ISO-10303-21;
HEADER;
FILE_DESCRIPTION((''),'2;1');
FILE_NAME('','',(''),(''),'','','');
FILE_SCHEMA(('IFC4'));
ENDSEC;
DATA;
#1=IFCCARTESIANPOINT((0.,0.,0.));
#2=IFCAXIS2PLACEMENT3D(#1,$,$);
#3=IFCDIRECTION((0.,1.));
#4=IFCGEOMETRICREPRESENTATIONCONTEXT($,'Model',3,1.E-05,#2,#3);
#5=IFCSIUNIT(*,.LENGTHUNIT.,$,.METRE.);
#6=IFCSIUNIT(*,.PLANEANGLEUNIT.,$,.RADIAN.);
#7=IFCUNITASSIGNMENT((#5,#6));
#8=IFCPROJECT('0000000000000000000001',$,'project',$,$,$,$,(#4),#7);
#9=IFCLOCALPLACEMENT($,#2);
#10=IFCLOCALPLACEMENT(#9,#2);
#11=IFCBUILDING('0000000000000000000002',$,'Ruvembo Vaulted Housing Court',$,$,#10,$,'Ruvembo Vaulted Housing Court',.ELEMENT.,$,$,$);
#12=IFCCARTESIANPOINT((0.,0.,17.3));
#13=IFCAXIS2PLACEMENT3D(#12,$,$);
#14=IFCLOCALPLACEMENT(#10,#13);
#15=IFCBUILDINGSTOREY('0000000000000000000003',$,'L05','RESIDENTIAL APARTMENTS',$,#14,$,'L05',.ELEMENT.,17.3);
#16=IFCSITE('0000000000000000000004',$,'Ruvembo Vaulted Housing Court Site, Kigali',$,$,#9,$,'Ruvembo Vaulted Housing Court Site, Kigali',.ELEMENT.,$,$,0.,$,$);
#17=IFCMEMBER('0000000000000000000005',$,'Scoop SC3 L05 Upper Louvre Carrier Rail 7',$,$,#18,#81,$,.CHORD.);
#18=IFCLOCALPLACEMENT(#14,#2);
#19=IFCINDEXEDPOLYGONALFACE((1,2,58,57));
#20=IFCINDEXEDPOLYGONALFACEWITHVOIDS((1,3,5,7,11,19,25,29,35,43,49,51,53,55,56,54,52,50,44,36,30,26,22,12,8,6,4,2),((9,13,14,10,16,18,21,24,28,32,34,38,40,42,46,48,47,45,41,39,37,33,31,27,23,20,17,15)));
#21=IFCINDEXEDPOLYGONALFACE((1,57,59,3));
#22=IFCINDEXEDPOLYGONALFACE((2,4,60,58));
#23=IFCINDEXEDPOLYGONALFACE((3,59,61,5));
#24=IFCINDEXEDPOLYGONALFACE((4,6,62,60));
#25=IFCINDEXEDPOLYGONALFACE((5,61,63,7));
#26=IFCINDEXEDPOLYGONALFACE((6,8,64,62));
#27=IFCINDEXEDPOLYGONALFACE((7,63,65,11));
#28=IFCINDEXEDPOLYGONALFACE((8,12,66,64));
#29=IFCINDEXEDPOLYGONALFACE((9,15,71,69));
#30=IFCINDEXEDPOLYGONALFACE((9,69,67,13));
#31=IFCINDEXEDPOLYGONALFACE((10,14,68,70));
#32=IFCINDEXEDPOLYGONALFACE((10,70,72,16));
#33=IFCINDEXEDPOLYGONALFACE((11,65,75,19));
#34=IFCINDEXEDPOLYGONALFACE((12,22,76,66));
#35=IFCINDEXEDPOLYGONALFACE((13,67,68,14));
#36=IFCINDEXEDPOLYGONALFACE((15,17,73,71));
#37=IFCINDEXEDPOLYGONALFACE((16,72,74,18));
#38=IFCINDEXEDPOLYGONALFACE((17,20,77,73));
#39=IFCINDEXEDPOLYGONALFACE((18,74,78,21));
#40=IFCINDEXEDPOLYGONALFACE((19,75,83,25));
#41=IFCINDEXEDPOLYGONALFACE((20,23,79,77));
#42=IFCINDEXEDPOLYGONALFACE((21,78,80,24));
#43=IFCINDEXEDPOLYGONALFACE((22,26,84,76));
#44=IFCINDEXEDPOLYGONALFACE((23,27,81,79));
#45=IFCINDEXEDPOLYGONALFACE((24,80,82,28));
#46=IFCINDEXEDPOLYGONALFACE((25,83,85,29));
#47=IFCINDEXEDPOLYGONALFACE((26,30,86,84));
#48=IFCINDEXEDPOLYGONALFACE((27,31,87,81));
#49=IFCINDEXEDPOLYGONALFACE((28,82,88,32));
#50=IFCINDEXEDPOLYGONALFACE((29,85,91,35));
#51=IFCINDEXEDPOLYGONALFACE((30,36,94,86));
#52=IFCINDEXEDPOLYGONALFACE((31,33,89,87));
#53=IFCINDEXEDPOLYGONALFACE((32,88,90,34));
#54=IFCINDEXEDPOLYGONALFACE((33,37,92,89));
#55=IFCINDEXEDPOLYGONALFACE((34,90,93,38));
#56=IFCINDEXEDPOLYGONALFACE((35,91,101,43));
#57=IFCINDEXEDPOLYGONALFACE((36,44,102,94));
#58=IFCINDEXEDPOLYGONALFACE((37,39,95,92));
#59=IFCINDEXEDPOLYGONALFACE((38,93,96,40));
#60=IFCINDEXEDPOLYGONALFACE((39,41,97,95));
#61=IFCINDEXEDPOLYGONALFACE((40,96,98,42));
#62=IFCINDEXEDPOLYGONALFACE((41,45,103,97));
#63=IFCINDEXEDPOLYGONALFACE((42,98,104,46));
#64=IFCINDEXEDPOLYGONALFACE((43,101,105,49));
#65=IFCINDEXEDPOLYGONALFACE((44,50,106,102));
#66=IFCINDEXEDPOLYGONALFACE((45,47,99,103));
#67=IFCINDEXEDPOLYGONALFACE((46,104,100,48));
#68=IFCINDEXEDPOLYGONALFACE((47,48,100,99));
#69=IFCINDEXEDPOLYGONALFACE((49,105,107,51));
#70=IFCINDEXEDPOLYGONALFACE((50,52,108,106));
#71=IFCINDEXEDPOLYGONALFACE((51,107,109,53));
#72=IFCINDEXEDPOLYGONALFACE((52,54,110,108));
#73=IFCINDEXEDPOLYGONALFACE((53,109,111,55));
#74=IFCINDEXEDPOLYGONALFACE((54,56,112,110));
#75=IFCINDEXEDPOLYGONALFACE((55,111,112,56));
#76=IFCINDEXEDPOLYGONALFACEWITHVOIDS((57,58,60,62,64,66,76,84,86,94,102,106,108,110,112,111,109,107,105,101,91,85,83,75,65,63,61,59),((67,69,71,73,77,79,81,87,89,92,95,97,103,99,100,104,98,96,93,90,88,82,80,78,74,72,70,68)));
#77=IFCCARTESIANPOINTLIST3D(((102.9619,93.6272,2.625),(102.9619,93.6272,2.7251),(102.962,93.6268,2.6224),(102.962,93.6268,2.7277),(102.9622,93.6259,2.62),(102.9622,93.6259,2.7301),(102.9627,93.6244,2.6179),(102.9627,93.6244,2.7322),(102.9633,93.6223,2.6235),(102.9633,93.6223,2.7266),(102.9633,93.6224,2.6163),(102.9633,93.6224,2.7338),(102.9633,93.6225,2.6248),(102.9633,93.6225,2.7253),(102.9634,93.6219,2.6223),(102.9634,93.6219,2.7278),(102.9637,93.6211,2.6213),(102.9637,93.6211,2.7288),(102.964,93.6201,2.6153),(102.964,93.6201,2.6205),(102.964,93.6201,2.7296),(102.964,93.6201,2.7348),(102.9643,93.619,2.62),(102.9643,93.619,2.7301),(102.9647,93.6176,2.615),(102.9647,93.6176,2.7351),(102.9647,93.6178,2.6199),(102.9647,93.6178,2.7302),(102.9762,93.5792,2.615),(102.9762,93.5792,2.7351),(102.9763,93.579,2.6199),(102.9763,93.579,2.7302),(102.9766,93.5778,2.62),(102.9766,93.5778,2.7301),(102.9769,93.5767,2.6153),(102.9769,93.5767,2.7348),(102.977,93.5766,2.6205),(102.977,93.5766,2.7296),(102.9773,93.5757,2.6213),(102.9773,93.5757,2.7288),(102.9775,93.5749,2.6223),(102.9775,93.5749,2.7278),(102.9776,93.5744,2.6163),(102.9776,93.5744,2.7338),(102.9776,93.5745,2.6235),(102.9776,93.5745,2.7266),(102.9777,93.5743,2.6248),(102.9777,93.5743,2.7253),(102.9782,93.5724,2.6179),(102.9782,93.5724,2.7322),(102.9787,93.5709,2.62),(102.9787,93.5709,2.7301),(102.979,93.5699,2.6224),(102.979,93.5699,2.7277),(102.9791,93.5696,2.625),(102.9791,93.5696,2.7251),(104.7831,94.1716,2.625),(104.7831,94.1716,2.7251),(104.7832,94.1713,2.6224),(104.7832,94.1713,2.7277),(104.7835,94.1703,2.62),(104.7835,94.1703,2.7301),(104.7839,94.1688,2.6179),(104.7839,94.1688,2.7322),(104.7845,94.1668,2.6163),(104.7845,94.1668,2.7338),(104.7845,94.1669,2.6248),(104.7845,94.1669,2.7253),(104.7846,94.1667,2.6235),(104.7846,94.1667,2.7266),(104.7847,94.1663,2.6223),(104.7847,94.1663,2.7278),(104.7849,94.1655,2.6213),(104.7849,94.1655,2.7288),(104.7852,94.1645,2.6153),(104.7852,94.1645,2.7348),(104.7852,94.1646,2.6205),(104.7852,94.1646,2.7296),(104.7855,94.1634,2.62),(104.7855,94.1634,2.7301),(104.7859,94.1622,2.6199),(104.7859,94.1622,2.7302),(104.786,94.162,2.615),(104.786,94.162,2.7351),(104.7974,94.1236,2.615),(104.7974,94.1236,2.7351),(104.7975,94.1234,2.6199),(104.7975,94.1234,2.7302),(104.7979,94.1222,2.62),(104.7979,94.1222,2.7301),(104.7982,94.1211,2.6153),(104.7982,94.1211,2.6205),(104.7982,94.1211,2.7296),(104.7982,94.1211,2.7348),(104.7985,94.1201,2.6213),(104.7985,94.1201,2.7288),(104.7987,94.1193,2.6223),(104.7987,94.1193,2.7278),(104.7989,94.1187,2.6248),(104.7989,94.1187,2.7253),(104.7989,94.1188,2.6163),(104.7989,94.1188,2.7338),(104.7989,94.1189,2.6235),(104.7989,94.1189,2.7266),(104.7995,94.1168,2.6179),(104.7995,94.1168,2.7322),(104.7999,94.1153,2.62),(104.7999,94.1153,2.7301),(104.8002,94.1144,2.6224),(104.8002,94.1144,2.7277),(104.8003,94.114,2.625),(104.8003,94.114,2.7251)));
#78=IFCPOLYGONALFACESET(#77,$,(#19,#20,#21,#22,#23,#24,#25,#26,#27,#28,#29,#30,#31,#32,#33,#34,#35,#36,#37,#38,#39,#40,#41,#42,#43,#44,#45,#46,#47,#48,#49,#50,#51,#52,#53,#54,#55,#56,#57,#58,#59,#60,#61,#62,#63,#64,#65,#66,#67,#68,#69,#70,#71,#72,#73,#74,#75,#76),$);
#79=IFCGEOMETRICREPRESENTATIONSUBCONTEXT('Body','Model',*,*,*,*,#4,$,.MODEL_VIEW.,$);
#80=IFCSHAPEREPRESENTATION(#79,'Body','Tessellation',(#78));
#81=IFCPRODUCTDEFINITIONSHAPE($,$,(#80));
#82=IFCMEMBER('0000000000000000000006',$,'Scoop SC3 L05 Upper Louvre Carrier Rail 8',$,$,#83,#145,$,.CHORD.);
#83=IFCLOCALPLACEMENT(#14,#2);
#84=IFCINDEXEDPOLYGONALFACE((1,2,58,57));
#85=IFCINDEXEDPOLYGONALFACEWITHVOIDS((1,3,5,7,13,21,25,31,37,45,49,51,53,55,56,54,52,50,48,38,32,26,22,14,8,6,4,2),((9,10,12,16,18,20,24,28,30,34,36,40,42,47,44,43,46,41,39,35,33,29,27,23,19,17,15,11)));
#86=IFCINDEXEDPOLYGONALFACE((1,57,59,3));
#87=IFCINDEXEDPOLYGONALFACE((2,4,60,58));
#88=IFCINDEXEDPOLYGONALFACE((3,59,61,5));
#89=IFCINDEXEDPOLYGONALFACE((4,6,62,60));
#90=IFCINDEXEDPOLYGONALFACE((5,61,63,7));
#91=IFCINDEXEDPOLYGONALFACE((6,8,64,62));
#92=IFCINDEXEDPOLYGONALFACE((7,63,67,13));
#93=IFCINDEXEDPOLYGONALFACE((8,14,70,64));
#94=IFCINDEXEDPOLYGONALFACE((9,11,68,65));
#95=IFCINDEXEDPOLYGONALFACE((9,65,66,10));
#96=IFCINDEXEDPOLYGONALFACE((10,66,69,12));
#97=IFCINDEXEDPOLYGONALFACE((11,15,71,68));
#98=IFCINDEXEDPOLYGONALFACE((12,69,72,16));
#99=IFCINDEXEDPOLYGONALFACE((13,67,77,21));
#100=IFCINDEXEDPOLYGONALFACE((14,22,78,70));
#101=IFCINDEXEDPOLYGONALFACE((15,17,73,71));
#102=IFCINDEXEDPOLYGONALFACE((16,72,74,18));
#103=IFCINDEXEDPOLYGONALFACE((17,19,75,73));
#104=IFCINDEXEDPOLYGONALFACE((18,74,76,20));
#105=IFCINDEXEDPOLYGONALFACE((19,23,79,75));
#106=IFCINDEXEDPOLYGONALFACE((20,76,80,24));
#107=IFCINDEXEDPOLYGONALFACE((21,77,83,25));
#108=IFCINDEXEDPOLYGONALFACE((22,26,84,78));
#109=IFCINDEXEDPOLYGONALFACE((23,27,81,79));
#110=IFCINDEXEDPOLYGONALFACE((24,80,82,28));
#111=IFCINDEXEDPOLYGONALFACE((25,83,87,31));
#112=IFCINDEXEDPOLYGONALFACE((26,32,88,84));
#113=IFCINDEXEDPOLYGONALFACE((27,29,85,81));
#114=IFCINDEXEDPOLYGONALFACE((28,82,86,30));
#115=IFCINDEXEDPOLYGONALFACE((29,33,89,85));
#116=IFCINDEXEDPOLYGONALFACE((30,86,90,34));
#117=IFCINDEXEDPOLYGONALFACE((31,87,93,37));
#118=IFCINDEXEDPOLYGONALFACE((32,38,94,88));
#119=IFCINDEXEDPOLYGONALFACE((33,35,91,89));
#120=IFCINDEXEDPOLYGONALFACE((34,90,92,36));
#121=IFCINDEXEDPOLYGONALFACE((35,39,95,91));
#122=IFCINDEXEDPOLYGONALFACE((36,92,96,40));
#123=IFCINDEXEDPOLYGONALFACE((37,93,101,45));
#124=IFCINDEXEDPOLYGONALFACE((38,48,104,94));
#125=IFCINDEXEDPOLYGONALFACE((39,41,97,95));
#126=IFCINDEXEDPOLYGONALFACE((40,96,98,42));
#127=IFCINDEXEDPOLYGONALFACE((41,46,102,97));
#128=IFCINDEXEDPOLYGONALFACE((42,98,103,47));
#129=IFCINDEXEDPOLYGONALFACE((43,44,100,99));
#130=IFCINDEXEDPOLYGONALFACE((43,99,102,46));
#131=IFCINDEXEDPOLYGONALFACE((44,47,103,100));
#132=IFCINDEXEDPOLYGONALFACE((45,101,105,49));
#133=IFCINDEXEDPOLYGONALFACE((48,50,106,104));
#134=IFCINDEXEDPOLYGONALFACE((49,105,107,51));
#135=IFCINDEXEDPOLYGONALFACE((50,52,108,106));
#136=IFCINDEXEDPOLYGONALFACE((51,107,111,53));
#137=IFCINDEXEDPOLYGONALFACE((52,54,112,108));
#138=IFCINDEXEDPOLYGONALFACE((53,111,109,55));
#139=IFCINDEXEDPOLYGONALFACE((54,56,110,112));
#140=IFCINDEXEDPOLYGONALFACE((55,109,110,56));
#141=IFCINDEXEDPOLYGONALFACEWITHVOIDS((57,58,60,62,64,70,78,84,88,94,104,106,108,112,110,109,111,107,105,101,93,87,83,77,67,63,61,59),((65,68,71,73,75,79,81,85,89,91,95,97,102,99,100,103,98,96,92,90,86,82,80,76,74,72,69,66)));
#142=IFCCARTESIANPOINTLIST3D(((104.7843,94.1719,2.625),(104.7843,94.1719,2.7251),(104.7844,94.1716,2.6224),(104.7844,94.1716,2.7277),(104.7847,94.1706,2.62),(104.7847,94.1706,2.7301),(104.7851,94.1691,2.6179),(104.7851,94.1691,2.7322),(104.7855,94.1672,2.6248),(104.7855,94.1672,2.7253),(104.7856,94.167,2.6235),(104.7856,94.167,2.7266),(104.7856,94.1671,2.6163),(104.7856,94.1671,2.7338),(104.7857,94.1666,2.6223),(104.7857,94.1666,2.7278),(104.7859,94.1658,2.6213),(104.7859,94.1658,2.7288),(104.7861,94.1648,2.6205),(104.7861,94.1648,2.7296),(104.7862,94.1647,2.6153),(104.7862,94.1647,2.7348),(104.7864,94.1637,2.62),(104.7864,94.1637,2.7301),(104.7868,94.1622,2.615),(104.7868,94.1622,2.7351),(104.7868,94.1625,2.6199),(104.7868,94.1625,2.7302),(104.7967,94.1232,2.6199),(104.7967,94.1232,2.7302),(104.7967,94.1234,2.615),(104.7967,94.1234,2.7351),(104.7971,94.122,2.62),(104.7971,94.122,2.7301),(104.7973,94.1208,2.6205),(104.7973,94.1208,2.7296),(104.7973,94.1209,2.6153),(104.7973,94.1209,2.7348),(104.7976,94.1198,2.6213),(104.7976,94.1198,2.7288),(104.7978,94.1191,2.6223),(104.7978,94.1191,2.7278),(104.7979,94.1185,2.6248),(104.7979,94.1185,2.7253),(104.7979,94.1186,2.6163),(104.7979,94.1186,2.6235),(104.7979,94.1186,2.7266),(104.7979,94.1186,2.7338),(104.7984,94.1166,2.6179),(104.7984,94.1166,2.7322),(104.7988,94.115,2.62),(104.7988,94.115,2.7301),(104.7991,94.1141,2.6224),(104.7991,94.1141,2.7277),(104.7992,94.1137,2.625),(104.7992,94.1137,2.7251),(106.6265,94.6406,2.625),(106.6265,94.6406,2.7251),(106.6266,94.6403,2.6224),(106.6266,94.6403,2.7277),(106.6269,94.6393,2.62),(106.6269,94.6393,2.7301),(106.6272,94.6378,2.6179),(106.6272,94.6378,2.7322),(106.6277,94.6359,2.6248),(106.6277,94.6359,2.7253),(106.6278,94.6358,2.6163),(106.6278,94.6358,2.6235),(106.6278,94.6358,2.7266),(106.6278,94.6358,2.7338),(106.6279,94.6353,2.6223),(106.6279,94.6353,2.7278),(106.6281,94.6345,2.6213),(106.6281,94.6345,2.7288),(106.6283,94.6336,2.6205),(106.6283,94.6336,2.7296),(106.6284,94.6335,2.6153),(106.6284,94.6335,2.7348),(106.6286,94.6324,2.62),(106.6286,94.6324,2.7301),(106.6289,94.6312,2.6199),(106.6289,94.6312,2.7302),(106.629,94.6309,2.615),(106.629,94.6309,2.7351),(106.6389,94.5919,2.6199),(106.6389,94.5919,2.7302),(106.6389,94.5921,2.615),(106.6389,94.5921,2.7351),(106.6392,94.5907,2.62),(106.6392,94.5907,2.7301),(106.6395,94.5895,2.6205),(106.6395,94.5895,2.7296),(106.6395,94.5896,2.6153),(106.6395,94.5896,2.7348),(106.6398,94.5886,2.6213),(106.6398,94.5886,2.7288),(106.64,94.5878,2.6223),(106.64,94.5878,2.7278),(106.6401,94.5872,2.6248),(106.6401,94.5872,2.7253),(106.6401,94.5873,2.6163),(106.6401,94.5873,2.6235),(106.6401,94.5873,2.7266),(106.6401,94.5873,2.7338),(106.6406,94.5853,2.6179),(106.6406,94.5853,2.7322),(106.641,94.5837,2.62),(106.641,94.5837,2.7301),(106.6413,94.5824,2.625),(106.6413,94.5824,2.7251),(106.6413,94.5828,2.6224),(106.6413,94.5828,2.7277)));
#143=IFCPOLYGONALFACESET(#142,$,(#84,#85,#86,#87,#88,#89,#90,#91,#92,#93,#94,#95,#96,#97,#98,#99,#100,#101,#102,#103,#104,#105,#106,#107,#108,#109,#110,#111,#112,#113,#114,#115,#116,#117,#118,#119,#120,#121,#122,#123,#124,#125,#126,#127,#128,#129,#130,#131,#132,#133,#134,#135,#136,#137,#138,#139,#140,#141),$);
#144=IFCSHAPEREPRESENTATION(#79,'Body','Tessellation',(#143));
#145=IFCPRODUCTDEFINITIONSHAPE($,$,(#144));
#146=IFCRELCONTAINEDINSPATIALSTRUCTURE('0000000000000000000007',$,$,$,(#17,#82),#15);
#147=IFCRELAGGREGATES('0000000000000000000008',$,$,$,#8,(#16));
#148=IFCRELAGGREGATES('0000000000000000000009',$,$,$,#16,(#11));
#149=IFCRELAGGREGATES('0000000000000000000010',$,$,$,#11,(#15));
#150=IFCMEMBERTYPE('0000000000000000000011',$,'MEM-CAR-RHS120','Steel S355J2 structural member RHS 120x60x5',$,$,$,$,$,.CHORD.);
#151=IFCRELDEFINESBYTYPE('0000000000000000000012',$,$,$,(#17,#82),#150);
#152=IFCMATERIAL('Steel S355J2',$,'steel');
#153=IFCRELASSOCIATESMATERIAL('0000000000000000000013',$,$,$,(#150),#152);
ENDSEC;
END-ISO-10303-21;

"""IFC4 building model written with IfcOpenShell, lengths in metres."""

from ifc_helpers import new_model, si_unit, direction, frame, origin, origin_2d, place, context, subcontext, project, spatial, hollow_rectangle, extrude, material, material_profile, profile_set, type_object, element, save


model = new_model("IFC4")

# Units and contexts
model_context = context("Model", 3, precision=1e-05, world=origin(), true_north=direction((0.0, 1.0)))
body_context = subcontext(model_context, "Body", "Model", "MODEL_VIEW")
ifc_project = project(units=[si_unit("LENGTHUNIT", "METRE"), si_unit("PLANEANGLEUNIT", "RADIAN")], contexts=[model_context])

# Site, building, storey
site_placement = place(None, origin())
site = spatial("IfcSite", under=ifc_project, at=site_placement, Name="Ruvembo Vaulted Housing Court Site, Kigali", LongName="Ruvembo Vaulted Housing Court Site, Kigali", CompositionType="ELEMENT", RefElevation=0.0)
building_placement = place(site_placement, origin())
building = spatial("IfcBuilding", under=site, at=building_placement, Name="Ruvembo Vaulted Housing Court", LongName="Ruvembo Vaulted Housing Court", CompositionType="ELEMENT")
storey_placement = place(building_placement, frame((0.0, 0.0, 17.3)))
storey = spatial("IfcBuildingStorey", under=building, at=storey_placement, Name="L05", Description="RESIDENTIAL APARTMENTS", LongName="L05", CompositionType="ELEMENT", Elevation=17.3)

# Shared definitions
ifc_material_1 = material(Name="Steel S355J2", Category="steel")

# Members
ifc_material_profile_1 = material_profile(ifc_material_1, hollow_rectangle(XDim=0.0601, YDim=0.1201, WallThickness=0.0049, InnerFilletRadius=0.0049, OuterFilletRadius=0.01, at=origin_2d()), Name="RHS 120x60x5")
ifc_profile_set_1 = profile_set([ifc_material_profile_1], Name="Steel S355J2")
member_type_1 = type_object("IfcMemberType", Name="MEM-CAR-RHS120", Description="Steel S355J2 structural member RHS 120x60x5", PredefinedType="CHORD", material=ifc_profile_set_1)
for number, where, z_axis, x_axis, name in (
    (1, (102.9705, 93.5984, 2.675), (0.958109, 0.286405, 0.0), (-0.286405, 0.958109, 0.0), "Scoop SC3 L05 Upper Louvre Carrier Rail 7"),
    (2, (104.7917, 94.1428, 2.675), (0.969122, 0.246583, 0.0), (-0.246583, 0.969122, 0.0), "Scoop SC3 L05 Upper Louvre Carrier Rail 8"),
):
    element("IfcMember", number, at=place(storey_placement, frame(where, z_axis=z_axis, x_axis=x_axis)), inside=storey, type_object=member_type_1, Name=name, PredefinedType="CHORD", context=body_context, shape_type="SweptSolid", body=[
        extrude(hollow_rectangle(XDim=0.0601, YDim=0.1201, WallThickness=0.0049, InnerFilletRadius=0.0049, OuterFilletRadius=0.01, at=origin_2d()), origin(), (0.0, 0.0, 1.0), 1.9009),
    ])

save(model, "model.ifc")
